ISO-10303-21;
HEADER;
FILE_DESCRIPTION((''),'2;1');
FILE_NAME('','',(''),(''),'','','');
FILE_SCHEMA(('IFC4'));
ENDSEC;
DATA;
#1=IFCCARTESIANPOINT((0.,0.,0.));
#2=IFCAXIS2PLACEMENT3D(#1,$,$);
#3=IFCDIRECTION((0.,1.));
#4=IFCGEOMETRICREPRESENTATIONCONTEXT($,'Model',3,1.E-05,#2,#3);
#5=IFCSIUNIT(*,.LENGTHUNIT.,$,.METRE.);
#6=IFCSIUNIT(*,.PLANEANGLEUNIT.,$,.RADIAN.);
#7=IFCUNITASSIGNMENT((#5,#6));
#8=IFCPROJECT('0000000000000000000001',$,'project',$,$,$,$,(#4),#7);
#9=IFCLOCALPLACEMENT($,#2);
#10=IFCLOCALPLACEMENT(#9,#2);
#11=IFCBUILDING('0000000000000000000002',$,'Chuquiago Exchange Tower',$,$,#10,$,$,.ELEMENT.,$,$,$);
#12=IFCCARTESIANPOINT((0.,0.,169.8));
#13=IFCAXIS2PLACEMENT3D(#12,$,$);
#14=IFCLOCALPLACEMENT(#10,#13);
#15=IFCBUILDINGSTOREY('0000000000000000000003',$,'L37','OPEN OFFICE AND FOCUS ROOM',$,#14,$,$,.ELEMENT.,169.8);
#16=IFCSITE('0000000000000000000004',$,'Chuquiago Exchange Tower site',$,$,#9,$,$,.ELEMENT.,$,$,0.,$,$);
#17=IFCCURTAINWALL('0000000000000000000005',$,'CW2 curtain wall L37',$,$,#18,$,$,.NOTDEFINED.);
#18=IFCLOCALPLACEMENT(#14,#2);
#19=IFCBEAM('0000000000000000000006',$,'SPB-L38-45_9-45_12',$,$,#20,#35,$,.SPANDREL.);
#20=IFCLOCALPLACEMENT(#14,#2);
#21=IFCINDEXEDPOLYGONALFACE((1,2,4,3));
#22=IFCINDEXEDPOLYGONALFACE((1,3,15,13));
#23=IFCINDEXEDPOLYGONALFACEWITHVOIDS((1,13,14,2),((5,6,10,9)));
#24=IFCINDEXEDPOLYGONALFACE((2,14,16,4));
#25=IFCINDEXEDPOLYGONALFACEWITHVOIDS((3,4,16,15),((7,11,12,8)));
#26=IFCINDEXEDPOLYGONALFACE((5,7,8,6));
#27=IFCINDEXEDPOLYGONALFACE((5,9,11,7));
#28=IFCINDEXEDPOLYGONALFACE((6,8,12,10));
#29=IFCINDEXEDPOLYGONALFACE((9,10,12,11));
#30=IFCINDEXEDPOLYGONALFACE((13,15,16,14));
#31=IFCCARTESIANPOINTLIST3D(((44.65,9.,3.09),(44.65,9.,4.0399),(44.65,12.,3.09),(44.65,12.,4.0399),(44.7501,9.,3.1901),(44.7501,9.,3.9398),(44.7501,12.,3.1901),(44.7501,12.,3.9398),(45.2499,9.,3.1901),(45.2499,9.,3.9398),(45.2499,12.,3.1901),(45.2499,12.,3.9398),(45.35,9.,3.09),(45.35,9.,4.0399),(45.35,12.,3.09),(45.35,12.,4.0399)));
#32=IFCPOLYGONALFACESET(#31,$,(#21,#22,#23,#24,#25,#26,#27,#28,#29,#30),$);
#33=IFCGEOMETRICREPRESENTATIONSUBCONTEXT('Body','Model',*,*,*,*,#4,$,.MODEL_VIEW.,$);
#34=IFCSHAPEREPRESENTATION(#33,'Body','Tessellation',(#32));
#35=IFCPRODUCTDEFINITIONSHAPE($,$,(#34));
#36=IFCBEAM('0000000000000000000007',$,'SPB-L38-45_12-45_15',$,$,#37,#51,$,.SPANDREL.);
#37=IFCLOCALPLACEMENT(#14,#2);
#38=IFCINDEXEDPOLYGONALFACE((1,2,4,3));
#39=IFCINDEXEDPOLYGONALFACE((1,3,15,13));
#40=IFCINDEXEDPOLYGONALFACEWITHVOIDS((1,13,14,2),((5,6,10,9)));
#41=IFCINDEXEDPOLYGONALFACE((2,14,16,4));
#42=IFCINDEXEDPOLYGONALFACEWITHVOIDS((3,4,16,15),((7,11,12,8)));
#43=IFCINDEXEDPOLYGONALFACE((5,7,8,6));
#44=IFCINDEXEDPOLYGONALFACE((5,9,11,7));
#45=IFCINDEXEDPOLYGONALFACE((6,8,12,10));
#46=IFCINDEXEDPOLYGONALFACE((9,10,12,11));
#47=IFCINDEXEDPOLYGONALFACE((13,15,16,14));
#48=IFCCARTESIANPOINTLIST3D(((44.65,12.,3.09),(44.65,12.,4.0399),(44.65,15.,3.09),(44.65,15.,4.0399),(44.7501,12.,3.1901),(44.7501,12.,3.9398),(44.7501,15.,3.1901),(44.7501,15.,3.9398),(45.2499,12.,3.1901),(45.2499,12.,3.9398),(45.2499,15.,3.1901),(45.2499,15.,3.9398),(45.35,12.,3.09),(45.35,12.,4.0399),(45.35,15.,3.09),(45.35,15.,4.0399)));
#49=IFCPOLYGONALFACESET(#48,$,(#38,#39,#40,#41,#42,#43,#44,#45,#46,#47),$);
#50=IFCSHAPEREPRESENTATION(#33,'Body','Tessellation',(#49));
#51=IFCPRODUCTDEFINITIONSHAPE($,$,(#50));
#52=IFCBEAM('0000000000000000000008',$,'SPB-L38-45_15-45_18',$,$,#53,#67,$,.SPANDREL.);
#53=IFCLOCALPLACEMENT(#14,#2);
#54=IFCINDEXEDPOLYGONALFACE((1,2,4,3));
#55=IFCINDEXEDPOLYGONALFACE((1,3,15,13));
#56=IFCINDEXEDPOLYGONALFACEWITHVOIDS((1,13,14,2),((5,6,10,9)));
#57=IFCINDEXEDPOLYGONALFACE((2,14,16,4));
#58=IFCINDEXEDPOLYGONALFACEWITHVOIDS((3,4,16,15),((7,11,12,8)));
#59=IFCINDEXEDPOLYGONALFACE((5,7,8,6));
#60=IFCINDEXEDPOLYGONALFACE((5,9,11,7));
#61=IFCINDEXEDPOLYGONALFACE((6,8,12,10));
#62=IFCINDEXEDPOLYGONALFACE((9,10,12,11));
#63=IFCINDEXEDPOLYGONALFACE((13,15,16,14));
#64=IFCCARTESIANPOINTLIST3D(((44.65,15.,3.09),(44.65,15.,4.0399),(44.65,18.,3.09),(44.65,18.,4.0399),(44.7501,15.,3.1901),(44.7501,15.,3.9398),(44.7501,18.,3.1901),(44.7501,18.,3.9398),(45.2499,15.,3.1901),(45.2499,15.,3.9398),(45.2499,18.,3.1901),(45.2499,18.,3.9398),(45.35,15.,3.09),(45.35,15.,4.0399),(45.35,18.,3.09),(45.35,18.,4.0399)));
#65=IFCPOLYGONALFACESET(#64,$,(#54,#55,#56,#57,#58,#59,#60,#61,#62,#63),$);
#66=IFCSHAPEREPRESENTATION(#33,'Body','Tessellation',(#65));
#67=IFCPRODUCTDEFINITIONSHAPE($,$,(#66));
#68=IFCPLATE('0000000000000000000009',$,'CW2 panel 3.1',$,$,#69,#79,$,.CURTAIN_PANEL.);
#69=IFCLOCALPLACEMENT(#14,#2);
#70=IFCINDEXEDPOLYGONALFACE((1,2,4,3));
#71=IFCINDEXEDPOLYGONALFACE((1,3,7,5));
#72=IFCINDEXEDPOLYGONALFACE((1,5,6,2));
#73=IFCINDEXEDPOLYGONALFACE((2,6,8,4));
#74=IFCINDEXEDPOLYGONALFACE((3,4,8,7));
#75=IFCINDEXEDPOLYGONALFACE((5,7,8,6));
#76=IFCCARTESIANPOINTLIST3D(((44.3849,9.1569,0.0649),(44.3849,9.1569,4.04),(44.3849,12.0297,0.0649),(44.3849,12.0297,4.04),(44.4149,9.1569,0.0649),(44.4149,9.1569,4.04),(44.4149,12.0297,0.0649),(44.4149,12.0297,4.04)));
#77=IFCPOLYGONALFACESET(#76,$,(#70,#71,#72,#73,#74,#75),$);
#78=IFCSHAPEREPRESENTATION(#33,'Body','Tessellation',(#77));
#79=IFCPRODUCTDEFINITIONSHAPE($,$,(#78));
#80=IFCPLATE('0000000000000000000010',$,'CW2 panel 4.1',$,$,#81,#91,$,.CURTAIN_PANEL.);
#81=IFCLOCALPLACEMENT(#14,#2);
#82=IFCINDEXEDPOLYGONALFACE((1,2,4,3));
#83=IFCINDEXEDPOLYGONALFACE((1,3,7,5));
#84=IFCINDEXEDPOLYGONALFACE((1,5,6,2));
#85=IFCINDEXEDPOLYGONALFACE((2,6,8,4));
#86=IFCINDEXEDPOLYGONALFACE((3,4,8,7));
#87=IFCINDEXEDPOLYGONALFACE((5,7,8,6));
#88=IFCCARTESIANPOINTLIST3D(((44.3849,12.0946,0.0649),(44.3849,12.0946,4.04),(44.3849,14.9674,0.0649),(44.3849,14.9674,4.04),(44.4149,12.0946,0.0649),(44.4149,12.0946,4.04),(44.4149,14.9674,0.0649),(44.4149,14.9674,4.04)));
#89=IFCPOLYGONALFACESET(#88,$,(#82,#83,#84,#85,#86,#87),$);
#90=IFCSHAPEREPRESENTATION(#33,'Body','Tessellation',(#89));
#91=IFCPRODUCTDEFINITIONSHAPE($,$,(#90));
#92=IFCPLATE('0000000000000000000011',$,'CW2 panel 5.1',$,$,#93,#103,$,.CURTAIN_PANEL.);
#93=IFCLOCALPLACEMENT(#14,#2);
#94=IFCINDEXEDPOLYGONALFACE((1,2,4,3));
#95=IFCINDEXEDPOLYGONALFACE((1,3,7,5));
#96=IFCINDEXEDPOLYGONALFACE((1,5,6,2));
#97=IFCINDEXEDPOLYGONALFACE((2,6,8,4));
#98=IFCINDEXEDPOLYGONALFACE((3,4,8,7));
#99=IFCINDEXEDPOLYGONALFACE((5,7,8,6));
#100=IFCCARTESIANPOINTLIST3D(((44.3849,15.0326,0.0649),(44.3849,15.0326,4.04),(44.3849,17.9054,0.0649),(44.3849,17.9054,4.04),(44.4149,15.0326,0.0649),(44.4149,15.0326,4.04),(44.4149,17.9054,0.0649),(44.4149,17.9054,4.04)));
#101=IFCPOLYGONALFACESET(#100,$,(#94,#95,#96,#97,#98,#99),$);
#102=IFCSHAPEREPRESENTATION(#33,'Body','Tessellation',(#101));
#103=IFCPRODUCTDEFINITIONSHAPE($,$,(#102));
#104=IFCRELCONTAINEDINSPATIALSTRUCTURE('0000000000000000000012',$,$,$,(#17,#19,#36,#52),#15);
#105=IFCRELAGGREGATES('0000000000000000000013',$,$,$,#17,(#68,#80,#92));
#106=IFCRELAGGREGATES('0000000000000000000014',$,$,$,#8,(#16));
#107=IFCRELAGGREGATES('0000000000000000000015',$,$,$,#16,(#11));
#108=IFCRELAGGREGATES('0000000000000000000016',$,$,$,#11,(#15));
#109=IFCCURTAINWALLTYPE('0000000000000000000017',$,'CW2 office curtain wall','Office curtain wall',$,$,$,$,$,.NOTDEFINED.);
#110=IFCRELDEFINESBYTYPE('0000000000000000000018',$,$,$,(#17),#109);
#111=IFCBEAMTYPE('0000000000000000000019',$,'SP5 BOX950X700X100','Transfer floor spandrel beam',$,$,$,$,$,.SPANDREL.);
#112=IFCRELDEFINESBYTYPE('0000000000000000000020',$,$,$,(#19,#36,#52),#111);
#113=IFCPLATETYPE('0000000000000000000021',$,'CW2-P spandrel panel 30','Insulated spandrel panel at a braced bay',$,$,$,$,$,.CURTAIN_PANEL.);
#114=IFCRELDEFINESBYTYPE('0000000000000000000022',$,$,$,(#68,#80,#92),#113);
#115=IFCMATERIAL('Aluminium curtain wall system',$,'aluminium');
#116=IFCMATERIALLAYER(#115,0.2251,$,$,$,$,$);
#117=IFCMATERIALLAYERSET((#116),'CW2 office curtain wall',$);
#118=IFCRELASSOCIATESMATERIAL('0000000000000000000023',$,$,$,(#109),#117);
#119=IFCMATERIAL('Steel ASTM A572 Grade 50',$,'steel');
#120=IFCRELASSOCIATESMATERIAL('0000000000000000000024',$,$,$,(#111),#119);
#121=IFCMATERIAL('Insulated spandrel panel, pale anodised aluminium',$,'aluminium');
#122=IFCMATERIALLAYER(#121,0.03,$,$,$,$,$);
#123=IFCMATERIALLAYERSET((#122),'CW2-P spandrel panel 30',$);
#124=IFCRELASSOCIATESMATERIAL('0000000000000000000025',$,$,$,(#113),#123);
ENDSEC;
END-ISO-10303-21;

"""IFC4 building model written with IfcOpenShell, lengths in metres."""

from ifc_helpers import new_model, si_unit, direction, frame, origin, origin_2d, place, context, subcontext, project, spatial, rectangle, hollow_rectangle, extrude, material, layer, layer_set, material_profile, profile_set, type_object, element, aggregate, save


model = new_model("IFC4")

# Units and contexts
model_context = context("Model", 3, precision=1e-05, world=origin(), true_north=direction((0.0, 1.0)))
body_context = subcontext(model_context, "Body", "Model", "MODEL_VIEW")
ifc_project = project(units=[si_unit("LENGTHUNIT", "METRE"), si_unit("PLANEANGLEUNIT", "RADIAN")], contexts=[model_context])

# Site, building, storey
site_placement = place(None, origin())
site = spatial("IfcSite", under=ifc_project, at=site_placement, Name="Chuquiago Exchange Tower site", CompositionType="ELEMENT", RefElevation=0.0)
building_placement = place(site_placement, origin())
building = spatial("IfcBuilding", under=site, at=building_placement, Name="Chuquiago Exchange Tower", CompositionType="ELEMENT")
storey_placement = place(building_placement, frame((0.0, 0.0, 169.8)))
storey = spatial("IfcBuildingStorey", under=building, at=storey_placement, Name="L37", Description="OPEN OFFICE AND FOCUS ROOM", CompositionType="ELEMENT", Elevation=169.8)

# Curtain wall
ifc_material_1 = material(Name="Aluminium curtain wall system", Category="aluminium")
ifc_layer_1 = layer(ifc_material_1, 0.2251)
ifc_layer_set_1 = layer_set([ifc_layer_1], Name="CW2 office curtain wall")
curtain_wall_type = type_object("IfcCurtainWallType", Name="CW2 office curtain wall", Description="Office curtain wall", PredefinedType="NOTDEFINED", material=ifc_layer_set_1)
curtain_wall_placement = place(storey_placement, origin())
curtain_wall = element("IfcCurtainWall", 1, at=curtain_wall_placement, inside=storey, type_object=curtain_wall_type, Name="CW2 curtain wall L37", PredefinedType="NOTDEFINED")

# Beams
ifc_material_2 = material(Name="Steel ASTM A572 Grade 50", Category="steel")
ifc_material_profile_1 = material_profile(ifc_material_2, hollow_rectangle(XDim=0.7, YDim=0.95, WallThickness=0.1001, at=origin_2d()), Name="BOX950X700X100")
ifc_profile_set_1 = profile_set([ifc_material_profile_1], Name="Steel ASTM A572 Grade 50")
beam_type = type_object("IfcBeamType", Name="SP5 BOX950X700X100", Description="Transfer floor spandrel beam", PredefinedType="SPANDREL", material=ifc_profile_set_1)
for number, where, z_axis, x_axis, name in (
    (2, (45.0, 9.0, 3.5649), (0.0, 1.0, 0.0), (-1.0, 0.0, 0.0), "SPB-L38-45_9-45_12"),
    (3, (45.0, 12.0, 3.5649), (0.0, 1.0, 0.0), (-1.0, 0.0, 0.0), "SPB-L38-45_12-45_15"),
    (4, (45.0, 15.0, 3.5649), (0.0, 1.0, 0.0), (-1.0, 0.0, 0.0), "SPB-L38-45_15-45_18"),
):
    element("IfcBeam", number, at=place(storey_placement, frame(where, z_axis=z_axis, x_axis=x_axis)), inside=storey, type_object=beam_type, Name=name, PredefinedType="SPANDREL", context=body_context, shape_type="SweptSolid", body=[
        extrude(hollow_rectangle(XDim=0.7, YDim=0.95, WallThickness=0.1001, at=origin_2d()), origin(), (0.0, 0.0, 1.0), 3.0),
    ])

# Plates
ifc_material_3 = material(Name="Insulated spandrel panel, pale anodised aluminium", Category="aluminium")
ifc_layer_2 = layer(ifc_material_3, 0.03)
ifc_layer_set_2 = layer_set([ifc_layer_2], Name="CW2-P spandrel panel 30")
plate_type = type_object("IfcPlateType", Name="CW2-P spandrel panel 30", Description="Insulated spandrel panel at a braced bay", PredefinedType="CURTAIN_PANEL", material=ifc_layer_set_2)
plate_1_placement = place(storey_placement, frame((44.3999, 10.5933, 0.0649), z_axis=(0.0, 0.0, 1.0), x_axis=(0.0, 1.0, 0.0)))
plate_1 = element("IfcPlate", 5, at=plate_1_placement, type_object=plate_type, Name="CW2 panel 3.1", PredefinedType="CURTAIN_PANEL", context=body_context, shape_type="SweptSolid", body=[
    extrude(rectangle(XDim=2.8728, YDim=0.03, at=origin_2d()), origin(), (0.0, 0.0, 1.0), 3.9751),
])
plate_2_placement = place(storey_placement, frame((44.3999, 13.531, 0.0649), z_axis=(0.0, 0.0, 1.0), x_axis=(0.0, 1.0, 0.0)))
plate_2 = element("IfcPlate", 6, at=plate_2_placement, type_object=plate_type, Name="CW2 panel 4.1", PredefinedType="CURTAIN_PANEL", context=body_context, shape_type="SweptSolid", body=[
    extrude(rectangle(XDim=2.8728, YDim=0.03, at=origin_2d()), origin(), (0.0, 0.0, 1.0), 3.9751),
])
plate_3_placement = place(storey_placement, frame((44.3999, 16.469, 0.0649), z_axis=(0.0, 0.0, 1.0), x_axis=(0.0, 1.0, 0.0)))
plate_3 = element("IfcPlate", 7, at=plate_3_placement, type_object=plate_type, Name="CW2 panel 5.1", PredefinedType="CURTAIN_PANEL", context=body_context, shape_type="SweptSolid", body=[
    extrude(rectangle(XDim=2.8728, YDim=0.03, at=origin_2d()), origin(), (0.0, 0.0, 1.0), 3.9751),
])
aggregate(curtain_wall, [plate_1, plate_2, plate_3])

save(model, "model.ifc")
